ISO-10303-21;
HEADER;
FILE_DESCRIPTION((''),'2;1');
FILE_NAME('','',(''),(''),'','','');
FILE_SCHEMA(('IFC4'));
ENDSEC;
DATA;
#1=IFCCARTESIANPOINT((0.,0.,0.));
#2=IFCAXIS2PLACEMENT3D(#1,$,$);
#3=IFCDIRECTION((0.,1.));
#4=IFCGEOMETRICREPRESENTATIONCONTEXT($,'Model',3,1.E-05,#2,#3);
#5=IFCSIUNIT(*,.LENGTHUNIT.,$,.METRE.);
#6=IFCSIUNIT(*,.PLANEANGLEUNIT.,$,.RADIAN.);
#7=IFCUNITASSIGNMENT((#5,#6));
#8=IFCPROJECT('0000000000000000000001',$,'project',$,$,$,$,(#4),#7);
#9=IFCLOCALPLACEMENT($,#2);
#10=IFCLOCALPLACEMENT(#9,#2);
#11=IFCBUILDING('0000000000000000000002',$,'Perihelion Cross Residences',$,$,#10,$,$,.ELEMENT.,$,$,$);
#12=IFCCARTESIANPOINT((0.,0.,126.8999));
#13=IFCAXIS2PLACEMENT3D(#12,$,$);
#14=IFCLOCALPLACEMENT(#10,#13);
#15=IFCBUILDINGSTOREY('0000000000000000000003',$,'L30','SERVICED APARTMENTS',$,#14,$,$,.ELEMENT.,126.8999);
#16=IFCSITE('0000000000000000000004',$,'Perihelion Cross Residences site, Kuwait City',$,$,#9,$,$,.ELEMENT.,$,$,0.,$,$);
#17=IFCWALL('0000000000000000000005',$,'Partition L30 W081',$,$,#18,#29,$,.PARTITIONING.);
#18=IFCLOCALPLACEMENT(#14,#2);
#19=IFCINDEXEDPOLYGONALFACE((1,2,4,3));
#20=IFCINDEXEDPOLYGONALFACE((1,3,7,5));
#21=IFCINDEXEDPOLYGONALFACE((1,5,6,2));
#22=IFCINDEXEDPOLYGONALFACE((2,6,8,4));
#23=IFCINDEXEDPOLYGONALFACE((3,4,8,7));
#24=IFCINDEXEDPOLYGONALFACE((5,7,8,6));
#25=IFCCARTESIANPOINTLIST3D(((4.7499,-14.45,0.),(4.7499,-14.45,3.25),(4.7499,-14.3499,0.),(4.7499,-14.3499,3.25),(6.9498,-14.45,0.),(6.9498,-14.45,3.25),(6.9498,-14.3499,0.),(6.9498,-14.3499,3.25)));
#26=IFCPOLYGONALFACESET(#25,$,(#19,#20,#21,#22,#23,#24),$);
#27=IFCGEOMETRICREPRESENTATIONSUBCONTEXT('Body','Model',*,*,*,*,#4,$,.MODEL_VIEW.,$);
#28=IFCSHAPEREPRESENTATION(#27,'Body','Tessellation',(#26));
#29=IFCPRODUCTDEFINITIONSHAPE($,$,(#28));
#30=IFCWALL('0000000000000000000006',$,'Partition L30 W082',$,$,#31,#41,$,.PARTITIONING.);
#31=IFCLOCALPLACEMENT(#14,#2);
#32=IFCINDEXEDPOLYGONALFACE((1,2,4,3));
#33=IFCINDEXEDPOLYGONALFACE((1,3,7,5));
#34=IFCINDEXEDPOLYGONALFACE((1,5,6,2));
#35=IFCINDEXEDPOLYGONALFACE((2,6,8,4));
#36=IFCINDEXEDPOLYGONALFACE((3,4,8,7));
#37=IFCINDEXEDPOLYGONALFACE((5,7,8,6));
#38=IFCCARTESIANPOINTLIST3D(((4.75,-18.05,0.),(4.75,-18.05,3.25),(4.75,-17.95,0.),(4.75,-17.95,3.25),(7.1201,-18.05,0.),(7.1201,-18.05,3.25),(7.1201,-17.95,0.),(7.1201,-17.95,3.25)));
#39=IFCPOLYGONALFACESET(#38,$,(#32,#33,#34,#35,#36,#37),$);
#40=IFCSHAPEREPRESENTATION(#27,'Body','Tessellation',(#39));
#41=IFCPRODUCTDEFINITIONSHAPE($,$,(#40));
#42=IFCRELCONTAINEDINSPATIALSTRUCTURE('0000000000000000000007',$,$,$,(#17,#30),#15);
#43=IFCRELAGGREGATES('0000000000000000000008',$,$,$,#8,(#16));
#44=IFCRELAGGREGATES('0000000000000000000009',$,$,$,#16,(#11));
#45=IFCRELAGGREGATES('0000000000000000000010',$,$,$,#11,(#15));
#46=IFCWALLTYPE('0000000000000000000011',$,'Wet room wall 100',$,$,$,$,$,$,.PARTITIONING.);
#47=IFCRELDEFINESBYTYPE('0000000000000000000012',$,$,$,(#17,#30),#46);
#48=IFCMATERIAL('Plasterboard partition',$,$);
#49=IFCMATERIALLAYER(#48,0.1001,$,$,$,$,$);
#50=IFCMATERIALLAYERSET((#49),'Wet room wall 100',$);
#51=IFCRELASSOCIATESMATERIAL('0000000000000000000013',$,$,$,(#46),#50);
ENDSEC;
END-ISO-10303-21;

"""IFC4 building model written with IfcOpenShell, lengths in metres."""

from ifc_helpers import new_model, si_unit, direction, frame, frame_2d, origin, place, context, subcontext, project, spatial, rectangle, extrude, material, layer, layer_set, type_object, element, save


model = new_model("IFC4")

# Units and contexts
model_context = context("Model", 3, precision=1e-05, world=origin(), true_north=direction((0.0, 1.0)))
body_context = subcontext(model_context, "Body", "Model", "MODEL_VIEW")
ifc_project = project(units=[si_unit("LENGTHUNIT", "METRE"), si_unit("PLANEANGLEUNIT", "RADIAN")], contexts=[model_context])

# Site, building, storey
site_placement = place(None, origin())
site = spatial("IfcSite", under=ifc_project, at=site_placement, Name="Perihelion Cross Residences site, Kuwait City", CompositionType="ELEMENT", RefElevation=0.0)
building_placement = place(site_placement, origin())
building = spatial("IfcBuilding", under=site, at=building_placement, Name="Perihelion Cross Residences", CompositionType="ELEMENT")
storey_placement = place(building_placement, frame((0.0, 0.0, 126.8999)))
storey = spatial("IfcBuildingStorey", under=building, at=storey_placement, Name="L30", Description="SERVICED APARTMENTS", CompositionType="ELEMENT", Elevation=126.8999)

# Shared definitions
ifc_material_1 = material(Name="Plasterboard partition")
ifc_layer_1 = layer(ifc_material_1, 0.1001)
ifc_layer_set_1 = layer_set([ifc_layer_1], Name="Wet room wall 100")
wall_type_1 = type_object("IfcWallType", Name="Wet room wall 100", PredefinedType="PARTITIONING", material=ifc_layer_set_1)

# Walls
wall_1_placement = place(storey_placement, frame((6.95, -14.3999, 0.0), z_axis=(0.0, 0.0, 1.0), x_axis=(-1.0, 0.0, 0.0)))
element("IfcWall", 1, at=wall_1_placement, inside=storey, type_object=wall_type_1, Name="Partition L30 W081", PredefinedType="PARTITIONING", context=body_context, shape_type="SweptSolid", body=[
    extrude(rectangle(XDim=2.2, YDim=0.1001, at=frame_2d((1.1001, 0.0))), origin(), (0.0, 0.0, 1.0), 3.25),
])
wall_2_placement = place(storey_placement, frame((7.1201, -18.0, 0.0), z_axis=(0.0, 0.0, 1.0), x_axis=(-1.0, 0.0, 0.0)))
element("IfcWall", 2, at=wall_2_placement, inside=storey, type_object=wall_type_1, Name="Partition L30 W082", PredefinedType="PARTITIONING", context=body_context, shape_type="SweptSolid", body=[
    extrude(rectangle(XDim=2.3701, YDim=0.1001, at=frame_2d((1.1851, 0.0))), origin(), (0.0, 0.0, 1.0), 3.25),
])

save(model, "model.ifc")
